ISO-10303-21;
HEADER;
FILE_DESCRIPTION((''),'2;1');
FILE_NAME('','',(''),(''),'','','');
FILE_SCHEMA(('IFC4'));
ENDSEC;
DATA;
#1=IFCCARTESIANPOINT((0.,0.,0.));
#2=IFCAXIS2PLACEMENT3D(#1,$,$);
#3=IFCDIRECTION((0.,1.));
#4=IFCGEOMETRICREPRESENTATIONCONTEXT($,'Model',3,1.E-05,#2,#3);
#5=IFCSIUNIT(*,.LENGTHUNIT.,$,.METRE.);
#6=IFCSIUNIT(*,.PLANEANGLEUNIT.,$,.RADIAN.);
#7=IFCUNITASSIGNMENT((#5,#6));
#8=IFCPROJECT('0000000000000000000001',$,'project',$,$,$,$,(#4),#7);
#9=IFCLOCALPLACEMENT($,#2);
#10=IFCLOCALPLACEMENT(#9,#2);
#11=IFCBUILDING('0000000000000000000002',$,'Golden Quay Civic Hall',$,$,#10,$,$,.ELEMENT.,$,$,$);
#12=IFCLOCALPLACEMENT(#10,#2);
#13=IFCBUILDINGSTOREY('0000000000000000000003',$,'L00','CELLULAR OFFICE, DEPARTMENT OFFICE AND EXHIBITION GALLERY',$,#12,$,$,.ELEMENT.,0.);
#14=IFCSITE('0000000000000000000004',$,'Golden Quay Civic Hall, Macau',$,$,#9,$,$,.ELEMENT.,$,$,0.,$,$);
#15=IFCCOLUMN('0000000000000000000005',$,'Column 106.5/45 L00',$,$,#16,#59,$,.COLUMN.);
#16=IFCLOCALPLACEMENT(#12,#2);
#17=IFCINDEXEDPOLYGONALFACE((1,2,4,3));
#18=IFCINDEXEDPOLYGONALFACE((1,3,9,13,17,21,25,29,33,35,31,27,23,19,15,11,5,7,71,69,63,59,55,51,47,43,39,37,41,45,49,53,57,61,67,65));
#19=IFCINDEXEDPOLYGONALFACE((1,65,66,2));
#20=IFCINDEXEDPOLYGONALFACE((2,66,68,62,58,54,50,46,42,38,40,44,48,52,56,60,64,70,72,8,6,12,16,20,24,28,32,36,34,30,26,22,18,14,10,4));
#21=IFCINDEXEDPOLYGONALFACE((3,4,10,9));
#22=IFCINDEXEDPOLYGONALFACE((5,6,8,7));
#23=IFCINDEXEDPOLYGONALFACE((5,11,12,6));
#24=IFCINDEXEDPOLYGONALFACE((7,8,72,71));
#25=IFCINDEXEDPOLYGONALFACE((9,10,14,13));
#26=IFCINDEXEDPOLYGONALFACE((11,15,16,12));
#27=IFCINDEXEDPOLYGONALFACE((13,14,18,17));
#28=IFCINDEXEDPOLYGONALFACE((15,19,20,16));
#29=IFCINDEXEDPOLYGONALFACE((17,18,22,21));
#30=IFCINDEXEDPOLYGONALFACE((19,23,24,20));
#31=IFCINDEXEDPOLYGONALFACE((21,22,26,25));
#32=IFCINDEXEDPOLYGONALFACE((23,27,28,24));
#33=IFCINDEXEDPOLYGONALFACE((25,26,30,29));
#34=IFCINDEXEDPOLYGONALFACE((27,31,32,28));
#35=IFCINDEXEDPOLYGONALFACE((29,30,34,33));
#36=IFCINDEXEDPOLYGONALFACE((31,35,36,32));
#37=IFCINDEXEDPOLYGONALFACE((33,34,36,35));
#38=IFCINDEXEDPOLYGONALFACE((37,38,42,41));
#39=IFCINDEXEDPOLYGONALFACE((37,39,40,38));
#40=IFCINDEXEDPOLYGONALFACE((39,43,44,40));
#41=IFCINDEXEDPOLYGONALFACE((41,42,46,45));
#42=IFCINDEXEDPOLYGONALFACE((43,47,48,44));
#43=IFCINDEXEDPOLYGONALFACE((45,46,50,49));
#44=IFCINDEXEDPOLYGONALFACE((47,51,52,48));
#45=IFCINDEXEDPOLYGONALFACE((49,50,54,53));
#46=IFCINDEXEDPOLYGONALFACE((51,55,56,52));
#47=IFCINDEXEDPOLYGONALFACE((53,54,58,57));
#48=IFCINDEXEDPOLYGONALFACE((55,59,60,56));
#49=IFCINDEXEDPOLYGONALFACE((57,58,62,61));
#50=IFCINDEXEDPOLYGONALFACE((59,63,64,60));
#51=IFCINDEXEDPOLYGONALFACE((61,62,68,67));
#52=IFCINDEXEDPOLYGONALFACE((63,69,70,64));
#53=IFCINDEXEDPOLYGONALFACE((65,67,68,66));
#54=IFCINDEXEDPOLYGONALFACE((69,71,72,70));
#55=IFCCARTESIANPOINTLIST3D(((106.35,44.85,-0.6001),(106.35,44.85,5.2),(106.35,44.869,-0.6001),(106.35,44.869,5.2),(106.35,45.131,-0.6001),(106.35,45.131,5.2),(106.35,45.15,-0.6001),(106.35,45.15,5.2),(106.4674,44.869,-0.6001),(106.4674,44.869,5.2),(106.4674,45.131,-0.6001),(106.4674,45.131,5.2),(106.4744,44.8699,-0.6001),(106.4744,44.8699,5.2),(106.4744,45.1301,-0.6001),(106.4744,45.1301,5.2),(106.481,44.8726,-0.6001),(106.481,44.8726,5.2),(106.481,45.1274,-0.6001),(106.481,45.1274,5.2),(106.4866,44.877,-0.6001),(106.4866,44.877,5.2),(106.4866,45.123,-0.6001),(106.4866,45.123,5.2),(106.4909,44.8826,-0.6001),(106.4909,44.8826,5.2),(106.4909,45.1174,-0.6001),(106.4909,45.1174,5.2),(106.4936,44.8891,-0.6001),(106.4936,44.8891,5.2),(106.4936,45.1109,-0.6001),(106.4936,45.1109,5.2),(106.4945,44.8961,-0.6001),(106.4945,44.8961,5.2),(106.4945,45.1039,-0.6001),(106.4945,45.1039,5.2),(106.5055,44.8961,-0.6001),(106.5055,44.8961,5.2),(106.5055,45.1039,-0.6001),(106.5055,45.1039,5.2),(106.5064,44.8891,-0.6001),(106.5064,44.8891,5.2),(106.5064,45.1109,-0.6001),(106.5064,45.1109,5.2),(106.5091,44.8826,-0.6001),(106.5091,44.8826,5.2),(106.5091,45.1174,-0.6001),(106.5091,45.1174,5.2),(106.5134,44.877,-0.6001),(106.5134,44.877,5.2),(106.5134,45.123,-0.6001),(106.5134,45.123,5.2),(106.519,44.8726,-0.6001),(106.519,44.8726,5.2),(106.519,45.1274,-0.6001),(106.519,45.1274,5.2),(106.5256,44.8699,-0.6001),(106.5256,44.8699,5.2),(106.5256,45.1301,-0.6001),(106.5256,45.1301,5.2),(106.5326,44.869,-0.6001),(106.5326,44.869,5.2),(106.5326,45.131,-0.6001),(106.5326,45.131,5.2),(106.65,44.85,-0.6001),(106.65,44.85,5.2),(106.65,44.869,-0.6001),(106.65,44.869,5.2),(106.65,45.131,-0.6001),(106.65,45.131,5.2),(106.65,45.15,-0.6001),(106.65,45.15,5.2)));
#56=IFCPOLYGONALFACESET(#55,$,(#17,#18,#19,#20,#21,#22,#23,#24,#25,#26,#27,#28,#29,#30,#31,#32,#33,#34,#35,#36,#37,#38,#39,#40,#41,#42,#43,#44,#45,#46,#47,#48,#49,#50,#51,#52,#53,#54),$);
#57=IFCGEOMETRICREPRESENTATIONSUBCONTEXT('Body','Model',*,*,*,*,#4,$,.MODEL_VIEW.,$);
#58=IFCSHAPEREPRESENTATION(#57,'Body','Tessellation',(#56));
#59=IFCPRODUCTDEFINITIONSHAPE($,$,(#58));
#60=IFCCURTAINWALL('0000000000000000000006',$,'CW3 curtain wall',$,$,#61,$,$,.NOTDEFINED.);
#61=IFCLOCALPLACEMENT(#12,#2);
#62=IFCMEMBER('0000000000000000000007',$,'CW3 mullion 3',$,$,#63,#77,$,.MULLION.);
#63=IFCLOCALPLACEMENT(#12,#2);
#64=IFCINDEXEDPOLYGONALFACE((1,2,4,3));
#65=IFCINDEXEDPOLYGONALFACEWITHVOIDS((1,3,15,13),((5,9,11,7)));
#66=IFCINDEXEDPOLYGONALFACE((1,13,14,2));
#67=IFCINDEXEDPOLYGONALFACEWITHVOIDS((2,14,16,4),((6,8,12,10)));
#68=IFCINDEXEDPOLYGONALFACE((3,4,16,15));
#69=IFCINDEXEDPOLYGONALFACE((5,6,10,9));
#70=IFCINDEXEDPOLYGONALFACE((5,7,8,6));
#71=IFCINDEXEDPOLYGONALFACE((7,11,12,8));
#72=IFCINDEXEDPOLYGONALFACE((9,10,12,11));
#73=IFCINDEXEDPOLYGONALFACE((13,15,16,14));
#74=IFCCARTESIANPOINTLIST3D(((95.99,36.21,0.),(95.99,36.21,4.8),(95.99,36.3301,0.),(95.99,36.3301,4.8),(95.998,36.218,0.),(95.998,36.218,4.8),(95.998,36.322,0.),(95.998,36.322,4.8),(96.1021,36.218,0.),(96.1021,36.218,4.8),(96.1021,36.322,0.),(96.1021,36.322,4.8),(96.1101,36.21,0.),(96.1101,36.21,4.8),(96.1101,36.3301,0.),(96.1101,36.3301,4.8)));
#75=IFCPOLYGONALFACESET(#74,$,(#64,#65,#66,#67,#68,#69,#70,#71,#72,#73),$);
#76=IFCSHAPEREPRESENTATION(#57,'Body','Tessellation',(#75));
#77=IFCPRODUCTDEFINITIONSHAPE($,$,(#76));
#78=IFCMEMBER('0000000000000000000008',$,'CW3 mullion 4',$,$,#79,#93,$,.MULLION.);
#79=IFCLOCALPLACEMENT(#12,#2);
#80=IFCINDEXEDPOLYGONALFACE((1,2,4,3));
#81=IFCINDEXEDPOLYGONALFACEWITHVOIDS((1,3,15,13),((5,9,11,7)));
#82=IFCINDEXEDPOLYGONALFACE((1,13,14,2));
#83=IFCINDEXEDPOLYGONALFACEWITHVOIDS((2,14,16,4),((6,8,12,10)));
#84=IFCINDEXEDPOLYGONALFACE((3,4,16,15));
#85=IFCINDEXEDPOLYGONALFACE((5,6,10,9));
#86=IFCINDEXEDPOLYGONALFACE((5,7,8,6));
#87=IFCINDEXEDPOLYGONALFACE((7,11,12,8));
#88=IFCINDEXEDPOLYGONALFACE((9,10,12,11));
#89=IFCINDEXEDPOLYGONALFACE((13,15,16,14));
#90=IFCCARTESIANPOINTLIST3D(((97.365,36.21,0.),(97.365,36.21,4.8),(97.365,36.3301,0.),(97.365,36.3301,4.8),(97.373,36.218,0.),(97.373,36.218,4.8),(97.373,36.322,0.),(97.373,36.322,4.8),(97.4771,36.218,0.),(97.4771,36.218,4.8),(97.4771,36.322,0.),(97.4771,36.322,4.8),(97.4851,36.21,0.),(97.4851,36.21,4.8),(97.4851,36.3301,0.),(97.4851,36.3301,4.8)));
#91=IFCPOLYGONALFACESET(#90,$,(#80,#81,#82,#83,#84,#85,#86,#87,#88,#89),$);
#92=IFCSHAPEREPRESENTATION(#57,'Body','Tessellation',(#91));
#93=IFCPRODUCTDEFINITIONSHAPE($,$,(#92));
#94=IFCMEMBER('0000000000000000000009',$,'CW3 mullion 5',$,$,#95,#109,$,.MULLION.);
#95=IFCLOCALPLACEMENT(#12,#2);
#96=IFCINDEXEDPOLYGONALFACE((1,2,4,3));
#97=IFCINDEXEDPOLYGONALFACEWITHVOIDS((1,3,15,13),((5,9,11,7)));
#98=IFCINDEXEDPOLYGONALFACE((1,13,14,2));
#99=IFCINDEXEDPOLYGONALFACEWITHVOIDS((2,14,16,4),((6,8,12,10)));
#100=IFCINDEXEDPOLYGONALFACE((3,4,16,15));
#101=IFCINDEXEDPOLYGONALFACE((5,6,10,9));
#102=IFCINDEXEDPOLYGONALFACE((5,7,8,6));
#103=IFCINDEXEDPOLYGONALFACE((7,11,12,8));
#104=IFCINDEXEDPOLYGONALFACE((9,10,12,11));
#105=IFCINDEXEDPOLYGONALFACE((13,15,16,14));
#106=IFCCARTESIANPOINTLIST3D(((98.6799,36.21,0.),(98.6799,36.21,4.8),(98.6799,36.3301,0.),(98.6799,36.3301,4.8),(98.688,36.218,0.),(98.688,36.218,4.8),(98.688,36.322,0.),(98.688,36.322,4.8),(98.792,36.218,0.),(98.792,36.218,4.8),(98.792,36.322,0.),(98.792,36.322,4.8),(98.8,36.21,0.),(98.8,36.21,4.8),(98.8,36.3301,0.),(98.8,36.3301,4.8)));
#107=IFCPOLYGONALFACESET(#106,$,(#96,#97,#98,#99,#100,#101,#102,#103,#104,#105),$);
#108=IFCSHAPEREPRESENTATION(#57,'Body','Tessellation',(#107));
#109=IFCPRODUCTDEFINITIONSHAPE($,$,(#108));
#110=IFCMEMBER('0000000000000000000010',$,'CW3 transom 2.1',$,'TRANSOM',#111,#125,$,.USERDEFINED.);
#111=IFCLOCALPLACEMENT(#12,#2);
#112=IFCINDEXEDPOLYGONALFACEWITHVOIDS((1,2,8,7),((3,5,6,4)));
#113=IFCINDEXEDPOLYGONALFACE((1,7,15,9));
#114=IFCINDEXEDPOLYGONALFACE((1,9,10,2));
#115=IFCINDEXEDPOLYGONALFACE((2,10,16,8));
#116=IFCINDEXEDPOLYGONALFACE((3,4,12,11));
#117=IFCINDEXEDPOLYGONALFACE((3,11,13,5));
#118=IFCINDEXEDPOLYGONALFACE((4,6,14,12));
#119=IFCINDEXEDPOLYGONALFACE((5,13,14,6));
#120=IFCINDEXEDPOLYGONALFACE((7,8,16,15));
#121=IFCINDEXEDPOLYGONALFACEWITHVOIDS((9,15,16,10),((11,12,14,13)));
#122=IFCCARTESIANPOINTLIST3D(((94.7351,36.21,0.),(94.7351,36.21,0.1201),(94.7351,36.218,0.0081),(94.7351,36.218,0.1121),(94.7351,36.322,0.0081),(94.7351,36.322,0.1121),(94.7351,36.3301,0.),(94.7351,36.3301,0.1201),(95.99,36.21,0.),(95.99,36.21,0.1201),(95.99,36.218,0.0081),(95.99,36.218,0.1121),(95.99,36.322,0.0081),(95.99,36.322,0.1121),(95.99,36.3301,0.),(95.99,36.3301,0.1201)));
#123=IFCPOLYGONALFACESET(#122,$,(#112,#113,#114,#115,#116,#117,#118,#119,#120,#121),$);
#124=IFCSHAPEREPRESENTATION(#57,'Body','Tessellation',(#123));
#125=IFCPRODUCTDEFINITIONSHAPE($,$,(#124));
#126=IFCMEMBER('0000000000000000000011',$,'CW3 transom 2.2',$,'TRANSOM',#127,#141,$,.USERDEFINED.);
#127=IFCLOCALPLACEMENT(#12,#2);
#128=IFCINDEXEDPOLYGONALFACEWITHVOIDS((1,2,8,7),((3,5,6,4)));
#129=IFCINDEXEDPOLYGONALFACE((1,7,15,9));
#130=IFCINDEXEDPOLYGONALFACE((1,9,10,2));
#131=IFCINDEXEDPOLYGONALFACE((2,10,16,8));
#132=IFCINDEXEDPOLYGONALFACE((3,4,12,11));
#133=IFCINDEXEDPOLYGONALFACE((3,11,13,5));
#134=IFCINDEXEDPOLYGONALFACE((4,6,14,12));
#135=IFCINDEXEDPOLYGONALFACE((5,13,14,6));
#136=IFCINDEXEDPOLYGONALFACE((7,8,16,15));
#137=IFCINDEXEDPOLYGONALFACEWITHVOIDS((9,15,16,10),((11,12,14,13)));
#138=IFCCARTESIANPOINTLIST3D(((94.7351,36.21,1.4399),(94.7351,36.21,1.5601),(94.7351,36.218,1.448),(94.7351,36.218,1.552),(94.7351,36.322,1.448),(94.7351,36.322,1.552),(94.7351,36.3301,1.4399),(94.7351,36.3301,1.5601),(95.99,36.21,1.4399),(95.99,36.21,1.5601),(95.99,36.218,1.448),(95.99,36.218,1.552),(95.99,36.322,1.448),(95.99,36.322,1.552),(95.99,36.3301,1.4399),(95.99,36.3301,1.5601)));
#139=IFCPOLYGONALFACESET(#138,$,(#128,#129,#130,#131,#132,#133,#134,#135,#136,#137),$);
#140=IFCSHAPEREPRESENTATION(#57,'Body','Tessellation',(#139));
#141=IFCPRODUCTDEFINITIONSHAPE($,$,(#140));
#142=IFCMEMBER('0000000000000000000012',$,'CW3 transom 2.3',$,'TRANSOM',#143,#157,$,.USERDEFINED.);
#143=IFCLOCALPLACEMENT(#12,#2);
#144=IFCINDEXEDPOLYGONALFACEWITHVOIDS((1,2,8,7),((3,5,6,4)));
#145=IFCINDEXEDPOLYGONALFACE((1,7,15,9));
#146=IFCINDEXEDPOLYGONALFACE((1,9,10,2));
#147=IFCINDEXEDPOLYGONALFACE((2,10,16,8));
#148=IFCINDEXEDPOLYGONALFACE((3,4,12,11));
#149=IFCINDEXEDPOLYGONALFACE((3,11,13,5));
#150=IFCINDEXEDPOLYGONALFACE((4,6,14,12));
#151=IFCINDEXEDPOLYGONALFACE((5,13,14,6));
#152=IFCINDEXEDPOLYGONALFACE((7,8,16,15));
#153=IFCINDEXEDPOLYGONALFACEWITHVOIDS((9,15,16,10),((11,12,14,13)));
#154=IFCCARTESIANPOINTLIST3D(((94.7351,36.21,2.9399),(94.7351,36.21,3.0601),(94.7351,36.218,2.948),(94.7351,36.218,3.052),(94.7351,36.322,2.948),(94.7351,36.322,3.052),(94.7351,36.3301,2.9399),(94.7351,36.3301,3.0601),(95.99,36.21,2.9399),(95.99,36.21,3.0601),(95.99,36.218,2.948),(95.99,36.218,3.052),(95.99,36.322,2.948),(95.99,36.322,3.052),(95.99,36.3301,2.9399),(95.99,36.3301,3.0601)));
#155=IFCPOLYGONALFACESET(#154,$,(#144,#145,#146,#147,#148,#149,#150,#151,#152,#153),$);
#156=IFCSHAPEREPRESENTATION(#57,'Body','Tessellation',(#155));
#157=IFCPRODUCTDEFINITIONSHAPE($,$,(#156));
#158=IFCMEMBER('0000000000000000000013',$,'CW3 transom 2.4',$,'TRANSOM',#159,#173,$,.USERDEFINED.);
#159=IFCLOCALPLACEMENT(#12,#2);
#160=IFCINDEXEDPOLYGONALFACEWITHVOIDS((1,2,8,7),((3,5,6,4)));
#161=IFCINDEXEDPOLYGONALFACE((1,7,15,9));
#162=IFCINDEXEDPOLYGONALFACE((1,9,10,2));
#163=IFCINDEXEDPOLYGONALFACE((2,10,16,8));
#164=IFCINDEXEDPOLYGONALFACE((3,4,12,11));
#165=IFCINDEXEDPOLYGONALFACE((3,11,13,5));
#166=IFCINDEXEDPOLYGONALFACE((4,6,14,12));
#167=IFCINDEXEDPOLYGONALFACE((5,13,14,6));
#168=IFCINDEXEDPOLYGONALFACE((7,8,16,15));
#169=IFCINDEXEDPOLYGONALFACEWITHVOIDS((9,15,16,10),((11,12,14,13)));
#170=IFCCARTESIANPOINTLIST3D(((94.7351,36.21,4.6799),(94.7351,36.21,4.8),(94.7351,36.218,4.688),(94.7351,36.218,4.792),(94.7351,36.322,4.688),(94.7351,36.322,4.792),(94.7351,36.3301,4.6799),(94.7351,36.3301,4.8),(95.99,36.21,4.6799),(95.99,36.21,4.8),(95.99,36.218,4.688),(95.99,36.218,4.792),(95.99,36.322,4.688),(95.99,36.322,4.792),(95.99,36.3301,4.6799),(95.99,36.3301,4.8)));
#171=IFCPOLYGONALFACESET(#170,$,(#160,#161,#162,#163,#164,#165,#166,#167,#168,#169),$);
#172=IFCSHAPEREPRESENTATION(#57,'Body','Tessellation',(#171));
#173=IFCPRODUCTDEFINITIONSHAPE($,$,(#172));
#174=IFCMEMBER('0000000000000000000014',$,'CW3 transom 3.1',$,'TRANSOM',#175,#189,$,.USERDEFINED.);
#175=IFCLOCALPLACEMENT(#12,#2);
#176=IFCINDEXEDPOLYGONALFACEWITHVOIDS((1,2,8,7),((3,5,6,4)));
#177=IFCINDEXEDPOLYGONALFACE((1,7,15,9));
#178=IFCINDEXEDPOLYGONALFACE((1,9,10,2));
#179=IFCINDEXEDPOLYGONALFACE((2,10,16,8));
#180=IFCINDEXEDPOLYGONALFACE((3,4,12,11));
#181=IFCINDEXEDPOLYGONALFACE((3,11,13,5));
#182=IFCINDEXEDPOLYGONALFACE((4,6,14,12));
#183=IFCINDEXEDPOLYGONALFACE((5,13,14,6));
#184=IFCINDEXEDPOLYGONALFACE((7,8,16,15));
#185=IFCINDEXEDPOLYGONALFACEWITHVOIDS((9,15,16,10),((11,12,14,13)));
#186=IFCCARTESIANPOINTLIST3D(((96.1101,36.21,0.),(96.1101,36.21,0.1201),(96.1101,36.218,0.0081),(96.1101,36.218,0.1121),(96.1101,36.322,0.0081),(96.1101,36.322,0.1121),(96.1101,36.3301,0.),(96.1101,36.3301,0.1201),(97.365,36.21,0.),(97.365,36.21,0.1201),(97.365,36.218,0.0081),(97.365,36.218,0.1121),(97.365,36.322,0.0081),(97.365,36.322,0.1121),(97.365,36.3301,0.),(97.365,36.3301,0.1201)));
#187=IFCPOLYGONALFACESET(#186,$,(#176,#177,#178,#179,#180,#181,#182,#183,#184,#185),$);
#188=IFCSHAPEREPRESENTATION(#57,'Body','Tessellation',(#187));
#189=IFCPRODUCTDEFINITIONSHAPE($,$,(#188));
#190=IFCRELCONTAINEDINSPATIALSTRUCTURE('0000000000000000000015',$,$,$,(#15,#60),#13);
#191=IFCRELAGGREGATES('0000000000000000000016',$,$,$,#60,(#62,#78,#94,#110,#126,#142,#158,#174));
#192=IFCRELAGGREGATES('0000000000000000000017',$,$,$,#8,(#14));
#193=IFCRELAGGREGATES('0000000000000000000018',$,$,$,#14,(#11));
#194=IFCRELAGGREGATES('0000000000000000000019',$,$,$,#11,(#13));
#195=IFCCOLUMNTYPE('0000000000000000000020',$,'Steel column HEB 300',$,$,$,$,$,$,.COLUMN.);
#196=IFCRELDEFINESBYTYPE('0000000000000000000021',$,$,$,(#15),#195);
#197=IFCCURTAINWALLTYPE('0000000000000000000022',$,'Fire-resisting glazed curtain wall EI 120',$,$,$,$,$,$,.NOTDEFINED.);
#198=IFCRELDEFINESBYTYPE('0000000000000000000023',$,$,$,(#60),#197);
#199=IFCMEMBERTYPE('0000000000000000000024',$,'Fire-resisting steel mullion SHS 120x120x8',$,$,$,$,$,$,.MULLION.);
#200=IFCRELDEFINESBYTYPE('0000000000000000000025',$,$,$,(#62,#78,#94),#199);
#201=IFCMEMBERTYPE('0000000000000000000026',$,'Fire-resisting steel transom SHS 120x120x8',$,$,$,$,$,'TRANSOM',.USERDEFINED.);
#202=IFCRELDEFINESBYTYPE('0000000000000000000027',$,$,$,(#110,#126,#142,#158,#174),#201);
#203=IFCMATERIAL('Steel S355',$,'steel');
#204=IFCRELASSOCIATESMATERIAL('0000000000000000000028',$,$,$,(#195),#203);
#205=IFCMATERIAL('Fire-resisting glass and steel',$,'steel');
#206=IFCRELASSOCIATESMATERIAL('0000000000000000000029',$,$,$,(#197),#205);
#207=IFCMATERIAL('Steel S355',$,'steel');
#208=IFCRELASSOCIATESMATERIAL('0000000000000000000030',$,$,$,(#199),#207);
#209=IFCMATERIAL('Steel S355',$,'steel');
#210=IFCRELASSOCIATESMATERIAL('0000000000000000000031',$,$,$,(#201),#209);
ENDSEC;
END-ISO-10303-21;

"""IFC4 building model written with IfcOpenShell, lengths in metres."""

from ifc_helpers import new_model, si_unit, direction, frame, origin, origin_2d, place, context, subcontext, project, spatial, hollow_rectangle, i_section, extrude, material, material_profile, profile_set, type_object, element, aggregate, save


model = new_model("IFC4")

# Units and contexts
model_context = context("Model", 3, precision=1e-05, world=origin(), true_north=direction((0.0, 1.0)))
body_context = subcontext(model_context, "Body", "Model", "MODEL_VIEW")
ifc_project = project(units=[si_unit("LENGTHUNIT", "METRE"), si_unit("PLANEANGLEUNIT", "RADIAN")], contexts=[model_context])

# Site, building, storey
site_placement = place(None, origin())
site = spatial("IfcSite", under=ifc_project, at=site_placement, Name="Golden Quay Civic Hall, Macau", CompositionType="ELEMENT", RefElevation=0.0)
building_placement = place(site_placement, origin())
building = spatial("IfcBuilding", under=site, at=building_placement, Name="Golden Quay Civic Hall", CompositionType="ELEMENT")
storey_placement = place(building_placement, origin())
storey = spatial("IfcBuildingStorey", under=building, at=storey_placement, Name="L00", Description="CELLULAR OFFICE, DEPARTMENT OFFICE AND EXHIBITION GALLERY", CompositionType="ELEMENT", Elevation=0.0)

# Column
ifc_material_1 = material(Name="Steel S355", Category="steel")
ifc_material_profile_1 = material_profile(ifc_material_1, i_section(OverallWidth=0.3, OverallDepth=0.3, WebThickness=0.011, FlangeThickness=0.019, FilletRadius=0.0271, at=origin_2d()), Name="HEB 300")
ifc_profile_set_1 = profile_set([ifc_material_profile_1], Name="Steel S355")
column_type_1 = type_object("IfcColumnType", Name="Steel column HEB 300", PredefinedType="COLUMN", material=ifc_profile_set_1)
column_1_placement = place(storey_placement, frame((106.5, 45.0, -0.6001), z_axis=(0.0, 0.0, 1.0), x_axis=(1.0, 0.0, 0.0)))
element("IfcColumn", 1, at=column_1_placement, inside=storey, type_object=column_type_1, Name="Column 106.5/45 L00", PredefinedType="COLUMN", context=body_context, shape_type="SweptSolid", body=[
    extrude(i_section(OverallWidth=0.3, OverallDepth=0.3, WebThickness=0.011, FlangeThickness=0.019, FilletRadius=0.0271, at=origin_2d()), origin(), (0.0, 0.0, 1.0), 5.8),
])

# Curtain wall, members
ifc_material_2 = material(Name="Fire-resisting glass and steel", Category="steel")
curtain_wall_type = type_object("IfcCurtainWallType", Name="Fire-resisting glazed curtain wall EI 120", PredefinedType="NOTDEFINED", material=ifc_material_2)
curtain_wall_placement = place(storey_placement, origin())
curtain_wall = element("IfcCurtainWall", 2, at=curtain_wall_placement, inside=storey, type_object=curtain_wall_type, Name="CW3 curtain wall", PredefinedType="NOTDEFINED")
ifc_material_3 = material(Name="Steel S355", Category="steel")
ifc_material_profile_2 = material_profile(ifc_material_3, hollow_rectangle(XDim=0.1201, YDim=0.1201, WallThickness=0.0081, at=origin_2d()), Name="SHS 120x120x8")
ifc_profile_set_2 = profile_set([ifc_material_profile_2], Name="Steel S355")
member_type_1 = type_object("IfcMemberType", Name="Fire-resisting steel mullion SHS 120x120x8", PredefinedType="MULLION", material=ifc_profile_set_2)
member_1_placement = place(storey_placement, frame((96.05, 36.27, 0.0), z_axis=(0.0, 0.0, 1.0), x_axis=(0.0, 1.0, 0.0)))
member_1 = element("IfcMember", 3, at=member_1_placement, type_object=member_type_1, Name="CW3 mullion 3", PredefinedType="MULLION", context=body_context, shape_type="SweptSolid", body=[
    extrude(hollow_rectangle(XDim=0.1201, YDim=0.1201, WallThickness=0.0081, at=origin_2d()), origin(), (0.0, 0.0, 1.0), 4.8),
])
member_2_placement = place(storey_placement, frame((97.425, 36.27, 0.0), z_axis=(0.0, 0.0, 1.0), x_axis=(0.0, 1.0, 0.0)))
member_2 = element("IfcMember", 4, at=member_2_placement, type_object=member_type_1, Name="CW3 mullion 4", PredefinedType="MULLION", context=body_context, shape_type="SweptSolid", body=[
    extrude(hollow_rectangle(XDim=0.1201, YDim=0.1201, WallThickness=0.0081, at=origin_2d()), origin(), (0.0, 0.0, 1.0), 4.8),
])
member_3_placement = place(storey_placement, frame((98.74, 36.27, 0.0), z_axis=(0.0, 0.0, 1.0), x_axis=(0.0, 1.0, 0.0)))
member_3 = element("IfcMember", 5, at=member_3_placement, type_object=member_type_1, Name="CW3 mullion 5", PredefinedType="MULLION", context=body_context, shape_type="SweptSolid", body=[
    extrude(hollow_rectangle(XDim=0.1201, YDim=0.1201, WallThickness=0.0081, at=origin_2d()), origin(), (0.0, 0.0, 1.0), 4.8),
])
ifc_material_4 = material(Name="Steel S355", Category="steel")
ifc_material_profile_3 = material_profile(ifc_material_4, hollow_rectangle(XDim=0.1201, YDim=0.1201, WallThickness=0.0081, at=origin_2d()), Name="SHS 120x120x8")
ifc_profile_set_3 = profile_set([ifc_material_profile_3], Name="Steel S355")
member_type_2 = type_object("IfcMemberType", Name="Fire-resisting steel transom SHS 120x120x8", ElementType="TRANSOM", PredefinedType="USERDEFINED", material=ifc_profile_set_3)
member_4_placement = place(storey_placement, frame((94.7351, 36.27, 0.0601), z_axis=(1.0, 0.0, 0.0), x_axis=(0.0, 1.0, 0.0)))
member_4 = element("IfcMember", 6, at=member_4_placement, type_object=member_type_2, Name="CW3 transom 2.1", ObjectType="TRANSOM", PredefinedType="USERDEFINED", context=body_context, shape_type="SweptSolid", body=[
    extrude(hollow_rectangle(XDim=0.1201, YDim=0.1201, WallThickness=0.0081, at=origin_2d()), origin(), (0.0, 0.0, 1.0), 1.2549),
])
member_5_placement = place(storey_placement, frame((94.7351, 36.27, 1.5), z_axis=(1.0, 0.0, 0.0), x_axis=(0.0, 1.0, 0.0)))
member_5 = element("IfcMember", 7, at=member_5_placement, type_object=member_type_2, Name="CW3 transom 2.2", ObjectType="TRANSOM", PredefinedType="USERDEFINED", context=body_context, shape_type="SweptSolid", body=[
    extrude(hollow_rectangle(XDim=0.1201, YDim=0.1201, WallThickness=0.0081, at=origin_2d()), origin(), (0.0, 0.0, 1.0), 1.2549),
])
member_6_placement = place(storey_placement, frame((94.7351, 36.27, 3.0), z_axis=(1.0, 0.0, 0.0), x_axis=(0.0, 1.0, 0.0)))
member_6 = element("IfcMember", 8, at=member_6_placement, type_object=member_type_2, Name="CW3 transom 2.3", ObjectType="TRANSOM", PredefinedType="USERDEFINED", context=body_context, shape_type="SweptSolid", body=[
    extrude(hollow_rectangle(XDim=0.1201, YDim=0.1201, WallThickness=0.0081, at=origin_2d()), origin(), (0.0, 0.0, 1.0), 1.2549),
])
member_7_placement = place(storey_placement, frame((94.7351, 36.27, 4.74), z_axis=(1.0, 0.0, 0.0), x_axis=(0.0, 1.0, 0.0)))
member_7 = element("IfcMember", 9, at=member_7_placement, type_object=member_type_2, Name="CW3 transom 2.4", ObjectType="TRANSOM", PredefinedType="USERDEFINED", context=body_context, shape_type="SweptSolid", body=[
    extrude(hollow_rectangle(XDim=0.1201, YDim=0.1201, WallThickness=0.0081, at=origin_2d()), origin(), (0.0, 0.0, 1.0), 1.2549),
])
member_8_placement = place(storey_placement, frame((96.1101, 36.27, 0.0601), z_axis=(1.0, 0.0, 0.0), x_axis=(0.0, 1.0, 0.0)))
member_8 = element("IfcMember", 10, at=member_8_placement, type_object=member_type_2, Name="CW3 transom 3.1", ObjectType="TRANSOM", PredefinedType="USERDEFINED", context=body_context, shape_type="SweptSolid", body=[
    extrude(hollow_rectangle(XDim=0.1201, YDim=0.1201, WallThickness=0.0081, at=origin_2d()), origin(), (0.0, 0.0, 1.0), 1.2549),
])
aggregate(curtain_wall, [member_1, member_2, member_3, member_4, member_5, member_6, member_7, member_8])

save(model, "model.ifc")
